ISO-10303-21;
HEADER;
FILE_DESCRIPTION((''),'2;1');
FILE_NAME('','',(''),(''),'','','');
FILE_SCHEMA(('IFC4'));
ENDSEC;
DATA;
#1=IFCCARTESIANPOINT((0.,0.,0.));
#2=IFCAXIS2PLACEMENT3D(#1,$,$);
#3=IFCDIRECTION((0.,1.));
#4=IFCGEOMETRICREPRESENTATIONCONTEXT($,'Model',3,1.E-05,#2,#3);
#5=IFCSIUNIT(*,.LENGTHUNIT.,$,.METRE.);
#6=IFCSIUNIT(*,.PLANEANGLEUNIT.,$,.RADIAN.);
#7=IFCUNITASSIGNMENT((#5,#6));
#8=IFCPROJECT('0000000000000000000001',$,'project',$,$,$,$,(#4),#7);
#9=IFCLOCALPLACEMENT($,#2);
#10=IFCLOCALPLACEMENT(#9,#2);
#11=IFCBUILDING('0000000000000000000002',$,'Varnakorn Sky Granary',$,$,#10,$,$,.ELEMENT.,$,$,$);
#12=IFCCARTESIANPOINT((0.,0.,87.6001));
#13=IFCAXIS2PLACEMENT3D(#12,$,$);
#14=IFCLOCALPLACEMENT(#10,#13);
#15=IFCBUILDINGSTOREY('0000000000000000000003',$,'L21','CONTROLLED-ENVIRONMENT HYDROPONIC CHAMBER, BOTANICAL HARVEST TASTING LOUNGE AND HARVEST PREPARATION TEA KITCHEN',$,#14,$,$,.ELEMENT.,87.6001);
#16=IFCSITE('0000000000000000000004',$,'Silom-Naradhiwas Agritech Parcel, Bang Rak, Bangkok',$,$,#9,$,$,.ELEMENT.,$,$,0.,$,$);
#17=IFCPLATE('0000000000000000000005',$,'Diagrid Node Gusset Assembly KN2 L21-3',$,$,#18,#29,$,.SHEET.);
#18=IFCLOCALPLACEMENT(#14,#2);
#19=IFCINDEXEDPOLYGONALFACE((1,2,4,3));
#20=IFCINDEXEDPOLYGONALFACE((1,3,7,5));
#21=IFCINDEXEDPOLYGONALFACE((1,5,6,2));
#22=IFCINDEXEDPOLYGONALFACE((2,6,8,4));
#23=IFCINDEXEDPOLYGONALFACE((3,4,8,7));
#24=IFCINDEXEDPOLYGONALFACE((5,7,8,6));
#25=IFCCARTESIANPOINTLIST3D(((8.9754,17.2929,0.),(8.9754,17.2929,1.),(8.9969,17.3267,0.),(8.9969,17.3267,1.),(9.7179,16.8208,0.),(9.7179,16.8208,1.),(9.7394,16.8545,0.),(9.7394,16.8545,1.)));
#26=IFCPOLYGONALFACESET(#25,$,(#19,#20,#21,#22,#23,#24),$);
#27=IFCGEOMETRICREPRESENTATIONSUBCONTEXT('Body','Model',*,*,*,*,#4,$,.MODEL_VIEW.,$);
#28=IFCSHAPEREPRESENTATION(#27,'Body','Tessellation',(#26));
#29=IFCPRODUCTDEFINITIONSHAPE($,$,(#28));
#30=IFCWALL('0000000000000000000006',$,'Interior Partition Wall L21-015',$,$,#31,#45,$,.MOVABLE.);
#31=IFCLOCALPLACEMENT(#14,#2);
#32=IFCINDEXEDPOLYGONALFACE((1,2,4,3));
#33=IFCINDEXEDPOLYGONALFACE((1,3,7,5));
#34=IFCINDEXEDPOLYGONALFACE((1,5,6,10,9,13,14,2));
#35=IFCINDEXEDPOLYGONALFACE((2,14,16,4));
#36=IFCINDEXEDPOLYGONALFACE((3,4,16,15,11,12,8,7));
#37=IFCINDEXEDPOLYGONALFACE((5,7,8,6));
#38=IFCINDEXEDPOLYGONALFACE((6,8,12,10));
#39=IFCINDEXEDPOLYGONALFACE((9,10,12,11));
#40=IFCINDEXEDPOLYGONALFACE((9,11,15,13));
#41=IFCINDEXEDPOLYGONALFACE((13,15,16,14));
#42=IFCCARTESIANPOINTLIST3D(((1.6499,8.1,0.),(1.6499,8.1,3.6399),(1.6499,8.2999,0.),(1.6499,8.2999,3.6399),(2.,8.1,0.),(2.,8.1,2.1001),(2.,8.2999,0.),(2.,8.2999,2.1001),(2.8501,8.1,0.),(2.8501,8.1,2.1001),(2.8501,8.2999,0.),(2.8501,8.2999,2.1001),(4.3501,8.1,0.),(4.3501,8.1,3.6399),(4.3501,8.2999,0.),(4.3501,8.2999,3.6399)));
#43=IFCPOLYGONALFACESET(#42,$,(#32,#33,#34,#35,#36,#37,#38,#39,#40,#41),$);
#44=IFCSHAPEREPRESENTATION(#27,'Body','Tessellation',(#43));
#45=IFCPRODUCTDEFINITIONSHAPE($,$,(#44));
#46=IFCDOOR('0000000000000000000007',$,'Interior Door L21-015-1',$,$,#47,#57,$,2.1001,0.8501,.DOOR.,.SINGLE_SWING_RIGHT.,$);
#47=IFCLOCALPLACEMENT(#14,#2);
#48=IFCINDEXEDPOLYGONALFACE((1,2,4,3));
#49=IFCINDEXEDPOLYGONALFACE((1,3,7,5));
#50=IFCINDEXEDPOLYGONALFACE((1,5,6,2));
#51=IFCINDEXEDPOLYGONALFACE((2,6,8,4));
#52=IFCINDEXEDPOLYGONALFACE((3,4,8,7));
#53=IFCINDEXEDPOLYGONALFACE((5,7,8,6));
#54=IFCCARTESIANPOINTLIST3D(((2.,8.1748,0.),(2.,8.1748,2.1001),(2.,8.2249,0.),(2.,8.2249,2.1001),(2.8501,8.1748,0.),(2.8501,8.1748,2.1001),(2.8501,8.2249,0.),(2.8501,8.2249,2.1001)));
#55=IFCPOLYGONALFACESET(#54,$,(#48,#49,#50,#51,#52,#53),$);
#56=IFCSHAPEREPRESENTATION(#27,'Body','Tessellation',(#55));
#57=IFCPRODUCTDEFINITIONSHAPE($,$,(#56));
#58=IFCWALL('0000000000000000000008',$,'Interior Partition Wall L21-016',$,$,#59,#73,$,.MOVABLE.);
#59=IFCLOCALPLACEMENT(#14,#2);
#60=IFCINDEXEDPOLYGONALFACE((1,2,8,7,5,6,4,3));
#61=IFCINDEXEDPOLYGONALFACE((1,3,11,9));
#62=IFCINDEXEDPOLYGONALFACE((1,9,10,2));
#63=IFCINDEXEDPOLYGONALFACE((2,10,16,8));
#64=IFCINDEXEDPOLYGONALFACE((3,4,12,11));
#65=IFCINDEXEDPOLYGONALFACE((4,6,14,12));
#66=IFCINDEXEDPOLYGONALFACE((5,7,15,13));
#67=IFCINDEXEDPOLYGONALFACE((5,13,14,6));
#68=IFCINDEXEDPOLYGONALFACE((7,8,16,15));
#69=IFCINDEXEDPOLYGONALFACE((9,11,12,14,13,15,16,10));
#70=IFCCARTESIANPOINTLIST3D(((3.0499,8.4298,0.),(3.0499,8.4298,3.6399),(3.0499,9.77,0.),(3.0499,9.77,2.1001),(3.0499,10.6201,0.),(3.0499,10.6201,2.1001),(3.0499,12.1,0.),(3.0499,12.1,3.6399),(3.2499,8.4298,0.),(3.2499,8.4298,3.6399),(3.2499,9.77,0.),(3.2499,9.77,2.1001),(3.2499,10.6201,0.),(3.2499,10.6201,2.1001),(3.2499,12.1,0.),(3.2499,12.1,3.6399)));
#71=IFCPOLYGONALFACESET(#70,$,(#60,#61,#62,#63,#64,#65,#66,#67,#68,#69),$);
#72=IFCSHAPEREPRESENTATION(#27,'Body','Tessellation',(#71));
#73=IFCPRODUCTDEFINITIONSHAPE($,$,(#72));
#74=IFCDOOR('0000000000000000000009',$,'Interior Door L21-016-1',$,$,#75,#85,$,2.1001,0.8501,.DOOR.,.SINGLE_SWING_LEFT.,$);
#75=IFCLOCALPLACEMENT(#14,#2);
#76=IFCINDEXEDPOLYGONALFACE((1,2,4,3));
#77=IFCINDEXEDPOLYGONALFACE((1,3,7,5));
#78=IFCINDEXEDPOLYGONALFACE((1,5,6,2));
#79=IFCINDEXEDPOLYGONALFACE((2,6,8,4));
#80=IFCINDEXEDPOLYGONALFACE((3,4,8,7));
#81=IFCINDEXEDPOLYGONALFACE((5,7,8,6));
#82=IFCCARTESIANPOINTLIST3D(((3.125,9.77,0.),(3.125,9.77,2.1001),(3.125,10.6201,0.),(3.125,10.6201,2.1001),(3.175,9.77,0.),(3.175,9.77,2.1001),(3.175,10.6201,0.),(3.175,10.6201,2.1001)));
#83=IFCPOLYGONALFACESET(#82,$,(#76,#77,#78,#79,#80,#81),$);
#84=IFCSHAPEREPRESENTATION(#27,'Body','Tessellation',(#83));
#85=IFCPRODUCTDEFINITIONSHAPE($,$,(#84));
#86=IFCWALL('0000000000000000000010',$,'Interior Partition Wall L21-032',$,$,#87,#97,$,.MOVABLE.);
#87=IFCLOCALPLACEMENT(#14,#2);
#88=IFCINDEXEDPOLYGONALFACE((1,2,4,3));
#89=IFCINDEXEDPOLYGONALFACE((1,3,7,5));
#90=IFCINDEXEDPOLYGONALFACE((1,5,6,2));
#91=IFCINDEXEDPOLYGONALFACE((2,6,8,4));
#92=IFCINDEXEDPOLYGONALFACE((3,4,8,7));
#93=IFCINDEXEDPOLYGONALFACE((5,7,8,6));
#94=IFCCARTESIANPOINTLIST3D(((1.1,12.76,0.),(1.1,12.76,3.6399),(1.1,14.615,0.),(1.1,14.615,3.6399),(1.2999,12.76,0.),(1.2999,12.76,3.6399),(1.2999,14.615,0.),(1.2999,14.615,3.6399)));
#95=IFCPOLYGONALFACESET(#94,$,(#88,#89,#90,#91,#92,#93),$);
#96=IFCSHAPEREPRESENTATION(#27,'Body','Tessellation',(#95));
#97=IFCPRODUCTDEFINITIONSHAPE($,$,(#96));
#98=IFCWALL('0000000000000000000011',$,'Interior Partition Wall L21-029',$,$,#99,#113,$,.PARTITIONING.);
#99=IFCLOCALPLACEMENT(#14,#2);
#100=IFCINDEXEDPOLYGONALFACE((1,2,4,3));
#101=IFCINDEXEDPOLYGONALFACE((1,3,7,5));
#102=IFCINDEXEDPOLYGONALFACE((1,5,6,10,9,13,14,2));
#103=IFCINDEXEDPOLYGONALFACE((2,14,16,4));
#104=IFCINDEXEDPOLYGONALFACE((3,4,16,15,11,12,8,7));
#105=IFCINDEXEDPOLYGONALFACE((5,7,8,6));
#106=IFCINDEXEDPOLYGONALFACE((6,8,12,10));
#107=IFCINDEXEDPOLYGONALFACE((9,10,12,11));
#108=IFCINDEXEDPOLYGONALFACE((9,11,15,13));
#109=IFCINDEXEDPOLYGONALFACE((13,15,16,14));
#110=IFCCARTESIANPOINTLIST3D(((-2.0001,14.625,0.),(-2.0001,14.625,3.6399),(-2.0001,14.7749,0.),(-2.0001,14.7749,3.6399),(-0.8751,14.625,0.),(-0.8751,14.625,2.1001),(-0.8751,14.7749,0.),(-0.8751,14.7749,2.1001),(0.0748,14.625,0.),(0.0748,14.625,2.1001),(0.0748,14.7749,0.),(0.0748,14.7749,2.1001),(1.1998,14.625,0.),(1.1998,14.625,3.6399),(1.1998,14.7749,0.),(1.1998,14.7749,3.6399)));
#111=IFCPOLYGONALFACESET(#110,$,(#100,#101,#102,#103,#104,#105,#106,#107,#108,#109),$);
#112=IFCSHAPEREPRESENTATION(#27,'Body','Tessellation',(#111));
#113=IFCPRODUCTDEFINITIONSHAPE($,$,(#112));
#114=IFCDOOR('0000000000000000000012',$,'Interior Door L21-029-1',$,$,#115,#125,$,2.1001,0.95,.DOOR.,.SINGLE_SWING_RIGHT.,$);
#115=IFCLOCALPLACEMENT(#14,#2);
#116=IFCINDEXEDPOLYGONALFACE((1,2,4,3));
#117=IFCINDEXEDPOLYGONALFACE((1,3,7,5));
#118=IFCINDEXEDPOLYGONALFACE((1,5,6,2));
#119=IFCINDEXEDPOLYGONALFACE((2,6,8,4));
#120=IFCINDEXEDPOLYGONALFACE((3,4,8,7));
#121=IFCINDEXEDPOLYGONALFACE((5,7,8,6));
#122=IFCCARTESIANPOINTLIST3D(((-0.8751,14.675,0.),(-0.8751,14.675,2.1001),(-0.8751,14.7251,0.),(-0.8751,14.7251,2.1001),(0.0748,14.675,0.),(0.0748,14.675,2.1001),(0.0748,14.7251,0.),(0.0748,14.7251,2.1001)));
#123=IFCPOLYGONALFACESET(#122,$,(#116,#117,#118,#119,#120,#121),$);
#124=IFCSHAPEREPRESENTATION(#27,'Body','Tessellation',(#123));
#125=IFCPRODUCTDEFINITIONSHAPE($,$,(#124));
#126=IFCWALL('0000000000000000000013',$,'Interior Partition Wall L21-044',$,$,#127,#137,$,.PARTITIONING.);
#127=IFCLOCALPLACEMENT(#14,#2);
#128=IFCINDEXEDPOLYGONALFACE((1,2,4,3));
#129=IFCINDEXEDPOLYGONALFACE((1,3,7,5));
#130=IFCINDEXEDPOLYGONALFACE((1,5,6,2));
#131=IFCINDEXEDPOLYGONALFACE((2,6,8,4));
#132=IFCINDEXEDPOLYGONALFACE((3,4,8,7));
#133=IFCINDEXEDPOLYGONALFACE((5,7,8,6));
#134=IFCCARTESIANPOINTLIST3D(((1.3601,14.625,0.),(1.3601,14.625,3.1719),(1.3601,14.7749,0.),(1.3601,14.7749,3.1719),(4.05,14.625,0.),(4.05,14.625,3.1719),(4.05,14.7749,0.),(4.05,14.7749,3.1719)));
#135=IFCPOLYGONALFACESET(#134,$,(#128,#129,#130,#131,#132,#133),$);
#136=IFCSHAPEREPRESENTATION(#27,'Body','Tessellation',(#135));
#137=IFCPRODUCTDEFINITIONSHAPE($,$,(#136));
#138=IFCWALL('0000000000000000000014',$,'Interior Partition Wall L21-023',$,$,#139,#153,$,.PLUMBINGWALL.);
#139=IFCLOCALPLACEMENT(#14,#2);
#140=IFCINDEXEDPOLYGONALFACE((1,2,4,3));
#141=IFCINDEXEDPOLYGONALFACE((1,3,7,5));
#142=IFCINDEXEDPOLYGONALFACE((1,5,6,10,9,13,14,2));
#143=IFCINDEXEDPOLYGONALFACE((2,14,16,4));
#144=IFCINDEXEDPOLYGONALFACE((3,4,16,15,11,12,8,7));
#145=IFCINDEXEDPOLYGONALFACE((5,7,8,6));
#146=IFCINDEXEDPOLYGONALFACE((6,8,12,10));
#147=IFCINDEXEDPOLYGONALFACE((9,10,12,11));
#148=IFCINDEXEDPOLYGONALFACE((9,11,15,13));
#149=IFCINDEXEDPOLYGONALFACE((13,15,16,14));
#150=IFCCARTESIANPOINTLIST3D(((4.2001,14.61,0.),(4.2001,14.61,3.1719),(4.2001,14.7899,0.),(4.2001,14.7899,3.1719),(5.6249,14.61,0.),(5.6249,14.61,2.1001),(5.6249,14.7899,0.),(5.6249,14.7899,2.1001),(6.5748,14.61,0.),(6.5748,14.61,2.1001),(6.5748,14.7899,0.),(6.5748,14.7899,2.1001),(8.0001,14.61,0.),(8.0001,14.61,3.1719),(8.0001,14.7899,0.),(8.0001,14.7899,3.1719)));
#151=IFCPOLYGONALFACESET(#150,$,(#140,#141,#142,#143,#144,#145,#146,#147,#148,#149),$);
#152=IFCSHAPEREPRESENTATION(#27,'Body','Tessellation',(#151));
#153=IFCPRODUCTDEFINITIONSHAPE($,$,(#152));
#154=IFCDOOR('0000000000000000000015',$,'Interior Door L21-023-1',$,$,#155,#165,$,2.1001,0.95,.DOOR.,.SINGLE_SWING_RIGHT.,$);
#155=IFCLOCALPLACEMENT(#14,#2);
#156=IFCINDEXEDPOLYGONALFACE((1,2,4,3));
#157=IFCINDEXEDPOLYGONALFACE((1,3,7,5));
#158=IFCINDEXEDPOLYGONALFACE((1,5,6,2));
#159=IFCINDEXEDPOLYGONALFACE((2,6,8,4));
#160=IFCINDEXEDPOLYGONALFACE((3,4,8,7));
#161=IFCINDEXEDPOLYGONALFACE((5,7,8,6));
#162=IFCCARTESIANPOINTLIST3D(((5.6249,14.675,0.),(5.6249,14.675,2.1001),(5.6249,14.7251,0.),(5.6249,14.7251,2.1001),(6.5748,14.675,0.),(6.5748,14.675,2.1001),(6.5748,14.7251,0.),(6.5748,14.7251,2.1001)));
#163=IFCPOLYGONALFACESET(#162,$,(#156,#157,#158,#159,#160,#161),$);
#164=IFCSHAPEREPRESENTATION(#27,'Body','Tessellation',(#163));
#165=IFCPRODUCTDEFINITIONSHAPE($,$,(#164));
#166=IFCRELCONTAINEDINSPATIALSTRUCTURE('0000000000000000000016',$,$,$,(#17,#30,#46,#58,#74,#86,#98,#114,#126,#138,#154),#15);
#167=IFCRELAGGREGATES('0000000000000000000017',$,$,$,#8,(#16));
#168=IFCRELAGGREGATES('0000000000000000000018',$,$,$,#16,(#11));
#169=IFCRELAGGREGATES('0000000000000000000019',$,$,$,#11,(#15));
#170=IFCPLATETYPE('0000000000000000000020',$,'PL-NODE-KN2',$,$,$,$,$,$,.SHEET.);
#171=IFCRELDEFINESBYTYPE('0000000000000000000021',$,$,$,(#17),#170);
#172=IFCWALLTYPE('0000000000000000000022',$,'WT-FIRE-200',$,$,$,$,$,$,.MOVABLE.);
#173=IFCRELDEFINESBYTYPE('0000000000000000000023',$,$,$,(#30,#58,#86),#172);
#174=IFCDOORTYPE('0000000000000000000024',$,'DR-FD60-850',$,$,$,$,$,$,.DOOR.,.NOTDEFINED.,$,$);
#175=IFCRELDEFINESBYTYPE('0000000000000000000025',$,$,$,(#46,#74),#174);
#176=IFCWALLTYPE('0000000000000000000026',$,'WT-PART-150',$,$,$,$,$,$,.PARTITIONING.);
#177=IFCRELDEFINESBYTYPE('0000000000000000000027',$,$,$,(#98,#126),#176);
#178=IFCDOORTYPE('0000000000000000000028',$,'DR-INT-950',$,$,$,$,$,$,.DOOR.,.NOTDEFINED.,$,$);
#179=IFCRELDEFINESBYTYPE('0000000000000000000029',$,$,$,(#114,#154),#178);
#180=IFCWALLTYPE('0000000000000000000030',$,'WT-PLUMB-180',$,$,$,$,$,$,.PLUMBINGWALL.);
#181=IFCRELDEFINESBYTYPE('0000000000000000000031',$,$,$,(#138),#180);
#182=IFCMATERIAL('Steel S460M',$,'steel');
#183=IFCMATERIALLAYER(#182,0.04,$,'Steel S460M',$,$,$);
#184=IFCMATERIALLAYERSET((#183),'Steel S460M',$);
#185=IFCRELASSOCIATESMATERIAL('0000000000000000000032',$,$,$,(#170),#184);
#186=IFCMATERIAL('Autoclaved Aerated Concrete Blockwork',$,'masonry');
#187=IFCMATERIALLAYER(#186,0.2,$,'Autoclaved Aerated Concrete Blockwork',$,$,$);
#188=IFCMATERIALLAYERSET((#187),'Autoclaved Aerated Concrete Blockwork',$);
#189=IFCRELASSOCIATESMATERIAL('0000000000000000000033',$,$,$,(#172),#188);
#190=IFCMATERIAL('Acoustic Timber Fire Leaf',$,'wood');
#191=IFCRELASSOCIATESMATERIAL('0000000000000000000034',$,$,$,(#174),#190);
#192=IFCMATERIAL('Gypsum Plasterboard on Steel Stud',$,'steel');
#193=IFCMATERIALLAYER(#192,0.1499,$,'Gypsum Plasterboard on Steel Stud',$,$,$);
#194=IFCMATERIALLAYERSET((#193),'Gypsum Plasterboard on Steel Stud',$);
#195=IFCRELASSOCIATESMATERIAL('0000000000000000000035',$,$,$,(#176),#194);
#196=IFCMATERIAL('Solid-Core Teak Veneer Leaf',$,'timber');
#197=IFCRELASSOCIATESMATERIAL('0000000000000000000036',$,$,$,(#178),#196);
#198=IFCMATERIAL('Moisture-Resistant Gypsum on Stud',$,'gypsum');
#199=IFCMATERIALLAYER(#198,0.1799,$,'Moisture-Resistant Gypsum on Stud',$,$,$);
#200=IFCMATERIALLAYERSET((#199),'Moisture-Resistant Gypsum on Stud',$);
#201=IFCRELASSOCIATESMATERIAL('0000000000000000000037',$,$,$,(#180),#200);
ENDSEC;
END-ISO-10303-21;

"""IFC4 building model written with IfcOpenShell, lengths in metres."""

from ifc_helpers import new_model, si_unit, direction, frame, frame_2d, origin, origin_2d, place, context, subcontext, project, spatial, rectangle, extrude, material, layer, layer_set, type_object, element, fill, save


model = new_model("IFC4")

# Units and contexts
model_context = context("Model", 3, precision=1e-05, world=origin(), true_north=direction((0.0, 1.0)))
body_context = subcontext(model_context, "Body", "Model", "MODEL_VIEW")
ifc_project = project(units=[si_unit("LENGTHUNIT", "METRE"), si_unit("PLANEANGLEUNIT", "RADIAN")], contexts=[model_context])

# Site, building, storey
site_placement = place(None, origin())
site = spatial("IfcSite", under=ifc_project, at=site_placement, Name="Silom-Naradhiwas Agritech Parcel, Bang Rak, Bangkok", CompositionType="ELEMENT", RefElevation=0.0)
building_placement = place(site_placement, origin())
building = spatial("IfcBuilding", under=site, at=building_placement, Name="Varnakorn Sky Granary", CompositionType="ELEMENT")
storey_placement = place(building_placement, frame((0.0, 0.0, 87.6001)))
storey = spatial("IfcBuildingStorey", under=building, at=storey_placement, Name="L21", Description="CONTROLLED-ENVIRONMENT HYDROPONIC CHAMBER, BOTANICAL HARVEST TASTING LOUNGE AND HARVEST PREPARATION TEA KITCHEN", CompositionType="ELEMENT", Elevation=87.6001)

# Shared definitions
ifc_material_1 = material(Name="Steel S460M", Category="steel")

# Plate
ifc_layer_1 = layer(ifc_material_1, 0.04, Name="Steel S460M")
ifc_layer_set_1 = layer_set([ifc_layer_1], Name="Steel S460M")
plate_type = type_object("IfcPlateType", Name="PL-NODE-KN2", PredefinedType="SHEET", material=ifc_layer_set_1)
plate_placement = place(storey_placement, frame((9.3574, 17.0737, 0.0), z_axis=(0.0, 0.0, 1.0), x_axis=(-0.843831, 0.536609, 0.0)))
element("IfcPlate", 1, at=plate_placement, inside=storey, type_object=plate_type, Name="Diagrid Node Gusset Assembly KN2 L21-3", PredefinedType="SHEET", context=body_context, shape_type="SweptSolid", body=[
    extrude(rectangle(XDim=0.8799, YDim=0.04, at=origin_2d()), origin(), (0.0, 0.0, 1.0), 1.0),
])

# Walls, openings, doors
ifc_material_2 = material(Name="Autoclaved Aerated Concrete Blockwork", Category="masonry")
ifc_layer_2 = layer(ifc_material_2, 0.2, Name="Autoclaved Aerated Concrete Blockwork")
ifc_layer_set_2 = layer_set([ifc_layer_2], Name="Autoclaved Aerated Concrete Blockwork")
wall_type_1 = type_object("IfcWallType", Name="WT-FIRE-200", PredefinedType="MOVABLE", material=ifc_layer_set_2)
wall_1_placement = place(storey_placement, frame((1.6499, 8.2, 0.0), z_axis=(0.0, 0.0, 1.0), x_axis=(1.0, 0.0, 0.0)))
wall_1 = element("IfcWall", 2, at=wall_1_placement, inside=storey, type_object=wall_type_1, Name="Interior Partition Wall L21-015", PredefinedType="MOVABLE", context=body_context, shape_type="SweptSolid", body=[
    extrude(rectangle(XDim=2.7002, YDim=0.2, at=frame_2d((1.3501, 0.0))), origin(), (0.0, 0.0, 1.0), 3.6399),
])
opening_1_placement = place(wall_1_placement, frame((0.3501, 0.0, 0.0)))
opening_1 = element("IfcOpeningElement", 3, at=opening_1_placement, cuts=wall_1, PredefinedType="OPENING", context=body_context, shape_type="SweptSolid", body=[
    extrude(rectangle(XDim=0.8501, YDim=2.1001, at=frame_2d((0.425, 1.05))), frame((0.0, 0.1099, 0.0), z_axis=(0.0, -1.0, 0.0), x_axis=(1.0, 0.0, 0.0)), (0.0, 0.0, 1.0), 0.22),
])
ifc_material_3 = material(Name="Acoustic Timber Fire Leaf", Category="wood")
door_type_1 = type_object("IfcDoorType", Name="DR-FD60-850", OperationType="NOTDEFINED", PredefinedType="DOOR", material=ifc_material_3)
door_1_placement = place(opening_1_placement, origin())
door_1 = element("IfcDoor", 4, at=door_1_placement, inside=storey, type_object=door_type_1, Name="Interior Door L21-015-1", OperationType="SINGLE_SWING_RIGHT", OverallHeight=2.1001, OverallWidth=0.8501, PredefinedType="DOOR", context=body_context, shape_type="SweptSolid", body=[
    extrude(rectangle(XDim=0.8501, YDim=2.1001, at=frame_2d((0.425, 1.05))), frame((0.0, 0.0249, 0.0), z_axis=(0.0, -1.0, 0.0), x_axis=(1.0, 0.0, 0.0)), (0.0, 0.0, 1.0), 0.05),
])
fill(opening_1, door_1)
wall_2_placement = place(storey_placement, frame((3.1499, 8.4299, 0.0), z_axis=(0.0, 0.0, 1.0), x_axis=(0.0, 1.0, 0.0)))
wall_2 = element("IfcWall", 5, at=wall_2_placement, inside=storey, type_object=wall_type_1, Name="Interior Partition Wall L21-016", PredefinedType="MOVABLE", context=body_context, shape_type="SweptSolid", body=[
    extrude(rectangle(XDim=3.6702, YDim=0.2, at=frame_2d((1.835, 0.0))), origin(), (0.0, 0.0, 1.0), 3.6399),
])
opening_2_placement = place(wall_2_placement, frame((1.3401, 0.0, 0.0)))
opening_2 = element("IfcOpeningElement", 6, at=opening_2_placement, cuts=wall_2, PredefinedType="OPENING", context=body_context, shape_type="SweptSolid", body=[
    extrude(rectangle(XDim=0.8501, YDim=2.1001, at=frame_2d((0.425, 1.05))), frame((0.0, 0.1099, 0.0), z_axis=(0.0, -1.0, 0.0), x_axis=(1.0, 0.0, 0.0)), (0.0, 0.0, 1.0), 0.22),
])
door_2_placement = place(opening_2_placement, origin())
door_2 = element("IfcDoor", 7, at=door_2_placement, inside=storey, type_object=door_type_1, Name="Interior Door L21-016-1", OperationType="SINGLE_SWING_LEFT", OverallHeight=2.1001, OverallWidth=0.8501, PredefinedType="DOOR", context=body_context, shape_type="SweptSolid", body=[
    extrude(rectangle(XDim=0.8501, YDim=2.1001, at=frame_2d((0.425, 1.05))), frame((0.0, 0.0249, 0.0), z_axis=(0.0, -1.0, 0.0), x_axis=(1.0, 0.0, 0.0)), (0.0, 0.0, 1.0), 0.05),
])
fill(opening_2, door_2)

# Wall
wall_3_placement = place(storey_placement, frame((1.2, 14.615, 0.0), z_axis=(0.0, 0.0, 1.0), x_axis=(0.0, -1.0, 0.0)))
element("IfcWall", 8, at=wall_3_placement, inside=storey, type_object=wall_type_1, Name="Interior Partition Wall L21-032", PredefinedType="MOVABLE", context=body_context, shape_type="SweptSolid", body=[
    extrude(rectangle(XDim=1.855, YDim=0.2, at=frame_2d((0.9275, 0.0))), origin(), (0.0, 0.0, 1.0), 3.6399),
])

# Wall, opening, door
ifc_material_4 = material(Name="Gypsum Plasterboard on Steel Stud", Category="steel")
ifc_layer_3 = layer(ifc_material_4, 0.1499, Name="Gypsum Plasterboard on Steel Stud")
ifc_layer_set_3 = layer_set([ifc_layer_3], Name="Gypsum Plasterboard on Steel Stud")
wall_type_2 = type_object("IfcWallType", Name="WT-PART-150", PredefinedType="PARTITIONING", material=ifc_layer_set_3)
wall_4_placement = place(storey_placement, frame((1.2, 14.7, 0.0), z_axis=(0.0, 0.0, 1.0), x_axis=(-1.0, 0.0, 0.0)))
wall_4 = element("IfcWall", 9, at=wall_4_placement, inside=storey, type_object=wall_type_2, Name="Interior Partition Wall L21-029", PredefinedType="PARTITIONING", context=body_context, shape_type="SweptSolid", body=[
    extrude(rectangle(XDim=3.2, YDim=0.1499, at=frame_2d((1.6001, 0.0))), origin(), (0.0, 0.0, 1.0), 3.6399),
])
opening_3_placement = place(wall_4_placement, frame((1.125, 0.0, 0.0)))
opening_3 = element("IfcOpeningElement", 10, at=opening_3_placement, cuts=wall_4, PredefinedType="OPENING", context=body_context, shape_type="SweptSolid", body=[
    extrude(rectangle(XDim=0.95, YDim=2.1001, at=frame_2d((0.4751, 1.05))), frame((0.0, 0.085, 0.0), z_axis=(0.0, -1.0, 0.0), x_axis=(1.0, 0.0, 0.0)), (0.0, 0.0, 1.0), 0.1699),
])
ifc_material_5 = material(Name="Solid-Core Teak Veneer Leaf", Category="timber")
door_type_2 = type_object("IfcDoorType", Name="DR-INT-950", OperationType="NOTDEFINED", PredefinedType="DOOR", material=ifc_material_5)
door_3_placement = place(opening_3_placement, origin())
door_3 = element("IfcDoor", 11, at=door_3_placement, inside=storey, type_object=door_type_2, Name="Interior Door L21-029-1", OperationType="SINGLE_SWING_RIGHT", OverallHeight=2.1001, OverallWidth=0.95, PredefinedType="DOOR", context=body_context, shape_type="SweptSolid", body=[
    extrude(rectangle(XDim=0.95, YDim=2.1001, at=frame_2d((0.4751, 1.05))), frame((0.0, 0.0249, 0.0), z_axis=(0.0, -1.0, 0.0), x_axis=(1.0, 0.0, 0.0)), (0.0, 0.0, 1.0), 0.05),
])
fill(opening_3, door_3)

# Wall
wall_5_placement = place(storey_placement, frame((4.05, 14.7, 0.0), z_axis=(0.0, 0.0, 1.0), x_axis=(-1.0, 0.0, 0.0)))
element("IfcWall", 12, at=wall_5_placement, inside=storey, type_object=wall_type_2, Name="Interior Partition Wall L21-044", PredefinedType="PARTITIONING", context=body_context, shape_type="SweptSolid", body=[
    extrude(rectangle(XDim=2.6899, YDim=0.1499, at=frame_2d((1.345, 0.0))), origin(), (0.0, 0.0, 1.0), 3.1719),
])

# Wall, opening, door
ifc_material_6 = material(Name="Moisture-Resistant Gypsum on Stud", Category="gypsum")
ifc_layer_4 = layer(ifc_material_6, 0.1799, Name="Moisture-Resistant Gypsum on Stud")
ifc_layer_set_4 = layer_set([ifc_layer_4], Name="Moisture-Resistant Gypsum on Stud")
wall_type_3 = type_object("IfcWallType", Name="WT-PLUMB-180", PredefinedType="PLUMBINGWALL", material=ifc_layer_set_4)
wall_6_placement = place(storey_placement, frame((8.0, 14.7, 0.0), z_axis=(0.0, 0.0, 1.0), x_axis=(-1.0, 0.0, 0.0)))
wall_6 = element("IfcWall", 13, at=wall_6_placement, inside=storey, type_object=wall_type_3, Name="Interior Partition Wall L21-023", PredefinedType="PLUMBINGWALL", context=body_context, shape_type="SweptSolid", body=[
    extrude(rectangle(XDim=3.8, YDim=0.1799, at=frame_2d((1.8999, 0.0))), origin(), (0.0, 0.0, 1.0), 3.1719),
])
opening_4_placement = place(wall_6_placement, frame((1.425, 0.0, 0.0)))
opening_4 = element("IfcOpeningElement", 14, at=opening_4_placement, cuts=wall_6, PredefinedType="OPENING", context=body_context, shape_type="SweptSolid", body=[
    extrude(rectangle(XDim=0.95, YDim=2.1001, at=frame_2d((0.4751, 1.05))), frame((0.0, 0.1001, 0.0), z_axis=(0.0, -1.0, 0.0), x_axis=(1.0, 0.0, 0.0)), (0.0, 0.0, 1.0), 0.2),
])
door_4_placement = place(opening_4_placement, origin())
door_4 = element("IfcDoor", 15, at=door_4_placement, inside=storey, type_object=door_type_2, Name="Interior Door L21-023-1", OperationType="SINGLE_SWING_RIGHT", OverallHeight=2.1001, OverallWidth=0.95, PredefinedType="DOOR", context=body_context, shape_type="SweptSolid", body=[
    extrude(rectangle(XDim=0.95, YDim=2.1001, at=frame_2d((0.4751, 1.05))), frame((0.0, 0.0249, 0.0), z_axis=(0.0, -1.0, 0.0), x_axis=(1.0, 0.0, 0.0)), (0.0, 0.0, 1.0), 0.05),
])
fill(opening_4, door_4)

save(model, "model.ifc")
